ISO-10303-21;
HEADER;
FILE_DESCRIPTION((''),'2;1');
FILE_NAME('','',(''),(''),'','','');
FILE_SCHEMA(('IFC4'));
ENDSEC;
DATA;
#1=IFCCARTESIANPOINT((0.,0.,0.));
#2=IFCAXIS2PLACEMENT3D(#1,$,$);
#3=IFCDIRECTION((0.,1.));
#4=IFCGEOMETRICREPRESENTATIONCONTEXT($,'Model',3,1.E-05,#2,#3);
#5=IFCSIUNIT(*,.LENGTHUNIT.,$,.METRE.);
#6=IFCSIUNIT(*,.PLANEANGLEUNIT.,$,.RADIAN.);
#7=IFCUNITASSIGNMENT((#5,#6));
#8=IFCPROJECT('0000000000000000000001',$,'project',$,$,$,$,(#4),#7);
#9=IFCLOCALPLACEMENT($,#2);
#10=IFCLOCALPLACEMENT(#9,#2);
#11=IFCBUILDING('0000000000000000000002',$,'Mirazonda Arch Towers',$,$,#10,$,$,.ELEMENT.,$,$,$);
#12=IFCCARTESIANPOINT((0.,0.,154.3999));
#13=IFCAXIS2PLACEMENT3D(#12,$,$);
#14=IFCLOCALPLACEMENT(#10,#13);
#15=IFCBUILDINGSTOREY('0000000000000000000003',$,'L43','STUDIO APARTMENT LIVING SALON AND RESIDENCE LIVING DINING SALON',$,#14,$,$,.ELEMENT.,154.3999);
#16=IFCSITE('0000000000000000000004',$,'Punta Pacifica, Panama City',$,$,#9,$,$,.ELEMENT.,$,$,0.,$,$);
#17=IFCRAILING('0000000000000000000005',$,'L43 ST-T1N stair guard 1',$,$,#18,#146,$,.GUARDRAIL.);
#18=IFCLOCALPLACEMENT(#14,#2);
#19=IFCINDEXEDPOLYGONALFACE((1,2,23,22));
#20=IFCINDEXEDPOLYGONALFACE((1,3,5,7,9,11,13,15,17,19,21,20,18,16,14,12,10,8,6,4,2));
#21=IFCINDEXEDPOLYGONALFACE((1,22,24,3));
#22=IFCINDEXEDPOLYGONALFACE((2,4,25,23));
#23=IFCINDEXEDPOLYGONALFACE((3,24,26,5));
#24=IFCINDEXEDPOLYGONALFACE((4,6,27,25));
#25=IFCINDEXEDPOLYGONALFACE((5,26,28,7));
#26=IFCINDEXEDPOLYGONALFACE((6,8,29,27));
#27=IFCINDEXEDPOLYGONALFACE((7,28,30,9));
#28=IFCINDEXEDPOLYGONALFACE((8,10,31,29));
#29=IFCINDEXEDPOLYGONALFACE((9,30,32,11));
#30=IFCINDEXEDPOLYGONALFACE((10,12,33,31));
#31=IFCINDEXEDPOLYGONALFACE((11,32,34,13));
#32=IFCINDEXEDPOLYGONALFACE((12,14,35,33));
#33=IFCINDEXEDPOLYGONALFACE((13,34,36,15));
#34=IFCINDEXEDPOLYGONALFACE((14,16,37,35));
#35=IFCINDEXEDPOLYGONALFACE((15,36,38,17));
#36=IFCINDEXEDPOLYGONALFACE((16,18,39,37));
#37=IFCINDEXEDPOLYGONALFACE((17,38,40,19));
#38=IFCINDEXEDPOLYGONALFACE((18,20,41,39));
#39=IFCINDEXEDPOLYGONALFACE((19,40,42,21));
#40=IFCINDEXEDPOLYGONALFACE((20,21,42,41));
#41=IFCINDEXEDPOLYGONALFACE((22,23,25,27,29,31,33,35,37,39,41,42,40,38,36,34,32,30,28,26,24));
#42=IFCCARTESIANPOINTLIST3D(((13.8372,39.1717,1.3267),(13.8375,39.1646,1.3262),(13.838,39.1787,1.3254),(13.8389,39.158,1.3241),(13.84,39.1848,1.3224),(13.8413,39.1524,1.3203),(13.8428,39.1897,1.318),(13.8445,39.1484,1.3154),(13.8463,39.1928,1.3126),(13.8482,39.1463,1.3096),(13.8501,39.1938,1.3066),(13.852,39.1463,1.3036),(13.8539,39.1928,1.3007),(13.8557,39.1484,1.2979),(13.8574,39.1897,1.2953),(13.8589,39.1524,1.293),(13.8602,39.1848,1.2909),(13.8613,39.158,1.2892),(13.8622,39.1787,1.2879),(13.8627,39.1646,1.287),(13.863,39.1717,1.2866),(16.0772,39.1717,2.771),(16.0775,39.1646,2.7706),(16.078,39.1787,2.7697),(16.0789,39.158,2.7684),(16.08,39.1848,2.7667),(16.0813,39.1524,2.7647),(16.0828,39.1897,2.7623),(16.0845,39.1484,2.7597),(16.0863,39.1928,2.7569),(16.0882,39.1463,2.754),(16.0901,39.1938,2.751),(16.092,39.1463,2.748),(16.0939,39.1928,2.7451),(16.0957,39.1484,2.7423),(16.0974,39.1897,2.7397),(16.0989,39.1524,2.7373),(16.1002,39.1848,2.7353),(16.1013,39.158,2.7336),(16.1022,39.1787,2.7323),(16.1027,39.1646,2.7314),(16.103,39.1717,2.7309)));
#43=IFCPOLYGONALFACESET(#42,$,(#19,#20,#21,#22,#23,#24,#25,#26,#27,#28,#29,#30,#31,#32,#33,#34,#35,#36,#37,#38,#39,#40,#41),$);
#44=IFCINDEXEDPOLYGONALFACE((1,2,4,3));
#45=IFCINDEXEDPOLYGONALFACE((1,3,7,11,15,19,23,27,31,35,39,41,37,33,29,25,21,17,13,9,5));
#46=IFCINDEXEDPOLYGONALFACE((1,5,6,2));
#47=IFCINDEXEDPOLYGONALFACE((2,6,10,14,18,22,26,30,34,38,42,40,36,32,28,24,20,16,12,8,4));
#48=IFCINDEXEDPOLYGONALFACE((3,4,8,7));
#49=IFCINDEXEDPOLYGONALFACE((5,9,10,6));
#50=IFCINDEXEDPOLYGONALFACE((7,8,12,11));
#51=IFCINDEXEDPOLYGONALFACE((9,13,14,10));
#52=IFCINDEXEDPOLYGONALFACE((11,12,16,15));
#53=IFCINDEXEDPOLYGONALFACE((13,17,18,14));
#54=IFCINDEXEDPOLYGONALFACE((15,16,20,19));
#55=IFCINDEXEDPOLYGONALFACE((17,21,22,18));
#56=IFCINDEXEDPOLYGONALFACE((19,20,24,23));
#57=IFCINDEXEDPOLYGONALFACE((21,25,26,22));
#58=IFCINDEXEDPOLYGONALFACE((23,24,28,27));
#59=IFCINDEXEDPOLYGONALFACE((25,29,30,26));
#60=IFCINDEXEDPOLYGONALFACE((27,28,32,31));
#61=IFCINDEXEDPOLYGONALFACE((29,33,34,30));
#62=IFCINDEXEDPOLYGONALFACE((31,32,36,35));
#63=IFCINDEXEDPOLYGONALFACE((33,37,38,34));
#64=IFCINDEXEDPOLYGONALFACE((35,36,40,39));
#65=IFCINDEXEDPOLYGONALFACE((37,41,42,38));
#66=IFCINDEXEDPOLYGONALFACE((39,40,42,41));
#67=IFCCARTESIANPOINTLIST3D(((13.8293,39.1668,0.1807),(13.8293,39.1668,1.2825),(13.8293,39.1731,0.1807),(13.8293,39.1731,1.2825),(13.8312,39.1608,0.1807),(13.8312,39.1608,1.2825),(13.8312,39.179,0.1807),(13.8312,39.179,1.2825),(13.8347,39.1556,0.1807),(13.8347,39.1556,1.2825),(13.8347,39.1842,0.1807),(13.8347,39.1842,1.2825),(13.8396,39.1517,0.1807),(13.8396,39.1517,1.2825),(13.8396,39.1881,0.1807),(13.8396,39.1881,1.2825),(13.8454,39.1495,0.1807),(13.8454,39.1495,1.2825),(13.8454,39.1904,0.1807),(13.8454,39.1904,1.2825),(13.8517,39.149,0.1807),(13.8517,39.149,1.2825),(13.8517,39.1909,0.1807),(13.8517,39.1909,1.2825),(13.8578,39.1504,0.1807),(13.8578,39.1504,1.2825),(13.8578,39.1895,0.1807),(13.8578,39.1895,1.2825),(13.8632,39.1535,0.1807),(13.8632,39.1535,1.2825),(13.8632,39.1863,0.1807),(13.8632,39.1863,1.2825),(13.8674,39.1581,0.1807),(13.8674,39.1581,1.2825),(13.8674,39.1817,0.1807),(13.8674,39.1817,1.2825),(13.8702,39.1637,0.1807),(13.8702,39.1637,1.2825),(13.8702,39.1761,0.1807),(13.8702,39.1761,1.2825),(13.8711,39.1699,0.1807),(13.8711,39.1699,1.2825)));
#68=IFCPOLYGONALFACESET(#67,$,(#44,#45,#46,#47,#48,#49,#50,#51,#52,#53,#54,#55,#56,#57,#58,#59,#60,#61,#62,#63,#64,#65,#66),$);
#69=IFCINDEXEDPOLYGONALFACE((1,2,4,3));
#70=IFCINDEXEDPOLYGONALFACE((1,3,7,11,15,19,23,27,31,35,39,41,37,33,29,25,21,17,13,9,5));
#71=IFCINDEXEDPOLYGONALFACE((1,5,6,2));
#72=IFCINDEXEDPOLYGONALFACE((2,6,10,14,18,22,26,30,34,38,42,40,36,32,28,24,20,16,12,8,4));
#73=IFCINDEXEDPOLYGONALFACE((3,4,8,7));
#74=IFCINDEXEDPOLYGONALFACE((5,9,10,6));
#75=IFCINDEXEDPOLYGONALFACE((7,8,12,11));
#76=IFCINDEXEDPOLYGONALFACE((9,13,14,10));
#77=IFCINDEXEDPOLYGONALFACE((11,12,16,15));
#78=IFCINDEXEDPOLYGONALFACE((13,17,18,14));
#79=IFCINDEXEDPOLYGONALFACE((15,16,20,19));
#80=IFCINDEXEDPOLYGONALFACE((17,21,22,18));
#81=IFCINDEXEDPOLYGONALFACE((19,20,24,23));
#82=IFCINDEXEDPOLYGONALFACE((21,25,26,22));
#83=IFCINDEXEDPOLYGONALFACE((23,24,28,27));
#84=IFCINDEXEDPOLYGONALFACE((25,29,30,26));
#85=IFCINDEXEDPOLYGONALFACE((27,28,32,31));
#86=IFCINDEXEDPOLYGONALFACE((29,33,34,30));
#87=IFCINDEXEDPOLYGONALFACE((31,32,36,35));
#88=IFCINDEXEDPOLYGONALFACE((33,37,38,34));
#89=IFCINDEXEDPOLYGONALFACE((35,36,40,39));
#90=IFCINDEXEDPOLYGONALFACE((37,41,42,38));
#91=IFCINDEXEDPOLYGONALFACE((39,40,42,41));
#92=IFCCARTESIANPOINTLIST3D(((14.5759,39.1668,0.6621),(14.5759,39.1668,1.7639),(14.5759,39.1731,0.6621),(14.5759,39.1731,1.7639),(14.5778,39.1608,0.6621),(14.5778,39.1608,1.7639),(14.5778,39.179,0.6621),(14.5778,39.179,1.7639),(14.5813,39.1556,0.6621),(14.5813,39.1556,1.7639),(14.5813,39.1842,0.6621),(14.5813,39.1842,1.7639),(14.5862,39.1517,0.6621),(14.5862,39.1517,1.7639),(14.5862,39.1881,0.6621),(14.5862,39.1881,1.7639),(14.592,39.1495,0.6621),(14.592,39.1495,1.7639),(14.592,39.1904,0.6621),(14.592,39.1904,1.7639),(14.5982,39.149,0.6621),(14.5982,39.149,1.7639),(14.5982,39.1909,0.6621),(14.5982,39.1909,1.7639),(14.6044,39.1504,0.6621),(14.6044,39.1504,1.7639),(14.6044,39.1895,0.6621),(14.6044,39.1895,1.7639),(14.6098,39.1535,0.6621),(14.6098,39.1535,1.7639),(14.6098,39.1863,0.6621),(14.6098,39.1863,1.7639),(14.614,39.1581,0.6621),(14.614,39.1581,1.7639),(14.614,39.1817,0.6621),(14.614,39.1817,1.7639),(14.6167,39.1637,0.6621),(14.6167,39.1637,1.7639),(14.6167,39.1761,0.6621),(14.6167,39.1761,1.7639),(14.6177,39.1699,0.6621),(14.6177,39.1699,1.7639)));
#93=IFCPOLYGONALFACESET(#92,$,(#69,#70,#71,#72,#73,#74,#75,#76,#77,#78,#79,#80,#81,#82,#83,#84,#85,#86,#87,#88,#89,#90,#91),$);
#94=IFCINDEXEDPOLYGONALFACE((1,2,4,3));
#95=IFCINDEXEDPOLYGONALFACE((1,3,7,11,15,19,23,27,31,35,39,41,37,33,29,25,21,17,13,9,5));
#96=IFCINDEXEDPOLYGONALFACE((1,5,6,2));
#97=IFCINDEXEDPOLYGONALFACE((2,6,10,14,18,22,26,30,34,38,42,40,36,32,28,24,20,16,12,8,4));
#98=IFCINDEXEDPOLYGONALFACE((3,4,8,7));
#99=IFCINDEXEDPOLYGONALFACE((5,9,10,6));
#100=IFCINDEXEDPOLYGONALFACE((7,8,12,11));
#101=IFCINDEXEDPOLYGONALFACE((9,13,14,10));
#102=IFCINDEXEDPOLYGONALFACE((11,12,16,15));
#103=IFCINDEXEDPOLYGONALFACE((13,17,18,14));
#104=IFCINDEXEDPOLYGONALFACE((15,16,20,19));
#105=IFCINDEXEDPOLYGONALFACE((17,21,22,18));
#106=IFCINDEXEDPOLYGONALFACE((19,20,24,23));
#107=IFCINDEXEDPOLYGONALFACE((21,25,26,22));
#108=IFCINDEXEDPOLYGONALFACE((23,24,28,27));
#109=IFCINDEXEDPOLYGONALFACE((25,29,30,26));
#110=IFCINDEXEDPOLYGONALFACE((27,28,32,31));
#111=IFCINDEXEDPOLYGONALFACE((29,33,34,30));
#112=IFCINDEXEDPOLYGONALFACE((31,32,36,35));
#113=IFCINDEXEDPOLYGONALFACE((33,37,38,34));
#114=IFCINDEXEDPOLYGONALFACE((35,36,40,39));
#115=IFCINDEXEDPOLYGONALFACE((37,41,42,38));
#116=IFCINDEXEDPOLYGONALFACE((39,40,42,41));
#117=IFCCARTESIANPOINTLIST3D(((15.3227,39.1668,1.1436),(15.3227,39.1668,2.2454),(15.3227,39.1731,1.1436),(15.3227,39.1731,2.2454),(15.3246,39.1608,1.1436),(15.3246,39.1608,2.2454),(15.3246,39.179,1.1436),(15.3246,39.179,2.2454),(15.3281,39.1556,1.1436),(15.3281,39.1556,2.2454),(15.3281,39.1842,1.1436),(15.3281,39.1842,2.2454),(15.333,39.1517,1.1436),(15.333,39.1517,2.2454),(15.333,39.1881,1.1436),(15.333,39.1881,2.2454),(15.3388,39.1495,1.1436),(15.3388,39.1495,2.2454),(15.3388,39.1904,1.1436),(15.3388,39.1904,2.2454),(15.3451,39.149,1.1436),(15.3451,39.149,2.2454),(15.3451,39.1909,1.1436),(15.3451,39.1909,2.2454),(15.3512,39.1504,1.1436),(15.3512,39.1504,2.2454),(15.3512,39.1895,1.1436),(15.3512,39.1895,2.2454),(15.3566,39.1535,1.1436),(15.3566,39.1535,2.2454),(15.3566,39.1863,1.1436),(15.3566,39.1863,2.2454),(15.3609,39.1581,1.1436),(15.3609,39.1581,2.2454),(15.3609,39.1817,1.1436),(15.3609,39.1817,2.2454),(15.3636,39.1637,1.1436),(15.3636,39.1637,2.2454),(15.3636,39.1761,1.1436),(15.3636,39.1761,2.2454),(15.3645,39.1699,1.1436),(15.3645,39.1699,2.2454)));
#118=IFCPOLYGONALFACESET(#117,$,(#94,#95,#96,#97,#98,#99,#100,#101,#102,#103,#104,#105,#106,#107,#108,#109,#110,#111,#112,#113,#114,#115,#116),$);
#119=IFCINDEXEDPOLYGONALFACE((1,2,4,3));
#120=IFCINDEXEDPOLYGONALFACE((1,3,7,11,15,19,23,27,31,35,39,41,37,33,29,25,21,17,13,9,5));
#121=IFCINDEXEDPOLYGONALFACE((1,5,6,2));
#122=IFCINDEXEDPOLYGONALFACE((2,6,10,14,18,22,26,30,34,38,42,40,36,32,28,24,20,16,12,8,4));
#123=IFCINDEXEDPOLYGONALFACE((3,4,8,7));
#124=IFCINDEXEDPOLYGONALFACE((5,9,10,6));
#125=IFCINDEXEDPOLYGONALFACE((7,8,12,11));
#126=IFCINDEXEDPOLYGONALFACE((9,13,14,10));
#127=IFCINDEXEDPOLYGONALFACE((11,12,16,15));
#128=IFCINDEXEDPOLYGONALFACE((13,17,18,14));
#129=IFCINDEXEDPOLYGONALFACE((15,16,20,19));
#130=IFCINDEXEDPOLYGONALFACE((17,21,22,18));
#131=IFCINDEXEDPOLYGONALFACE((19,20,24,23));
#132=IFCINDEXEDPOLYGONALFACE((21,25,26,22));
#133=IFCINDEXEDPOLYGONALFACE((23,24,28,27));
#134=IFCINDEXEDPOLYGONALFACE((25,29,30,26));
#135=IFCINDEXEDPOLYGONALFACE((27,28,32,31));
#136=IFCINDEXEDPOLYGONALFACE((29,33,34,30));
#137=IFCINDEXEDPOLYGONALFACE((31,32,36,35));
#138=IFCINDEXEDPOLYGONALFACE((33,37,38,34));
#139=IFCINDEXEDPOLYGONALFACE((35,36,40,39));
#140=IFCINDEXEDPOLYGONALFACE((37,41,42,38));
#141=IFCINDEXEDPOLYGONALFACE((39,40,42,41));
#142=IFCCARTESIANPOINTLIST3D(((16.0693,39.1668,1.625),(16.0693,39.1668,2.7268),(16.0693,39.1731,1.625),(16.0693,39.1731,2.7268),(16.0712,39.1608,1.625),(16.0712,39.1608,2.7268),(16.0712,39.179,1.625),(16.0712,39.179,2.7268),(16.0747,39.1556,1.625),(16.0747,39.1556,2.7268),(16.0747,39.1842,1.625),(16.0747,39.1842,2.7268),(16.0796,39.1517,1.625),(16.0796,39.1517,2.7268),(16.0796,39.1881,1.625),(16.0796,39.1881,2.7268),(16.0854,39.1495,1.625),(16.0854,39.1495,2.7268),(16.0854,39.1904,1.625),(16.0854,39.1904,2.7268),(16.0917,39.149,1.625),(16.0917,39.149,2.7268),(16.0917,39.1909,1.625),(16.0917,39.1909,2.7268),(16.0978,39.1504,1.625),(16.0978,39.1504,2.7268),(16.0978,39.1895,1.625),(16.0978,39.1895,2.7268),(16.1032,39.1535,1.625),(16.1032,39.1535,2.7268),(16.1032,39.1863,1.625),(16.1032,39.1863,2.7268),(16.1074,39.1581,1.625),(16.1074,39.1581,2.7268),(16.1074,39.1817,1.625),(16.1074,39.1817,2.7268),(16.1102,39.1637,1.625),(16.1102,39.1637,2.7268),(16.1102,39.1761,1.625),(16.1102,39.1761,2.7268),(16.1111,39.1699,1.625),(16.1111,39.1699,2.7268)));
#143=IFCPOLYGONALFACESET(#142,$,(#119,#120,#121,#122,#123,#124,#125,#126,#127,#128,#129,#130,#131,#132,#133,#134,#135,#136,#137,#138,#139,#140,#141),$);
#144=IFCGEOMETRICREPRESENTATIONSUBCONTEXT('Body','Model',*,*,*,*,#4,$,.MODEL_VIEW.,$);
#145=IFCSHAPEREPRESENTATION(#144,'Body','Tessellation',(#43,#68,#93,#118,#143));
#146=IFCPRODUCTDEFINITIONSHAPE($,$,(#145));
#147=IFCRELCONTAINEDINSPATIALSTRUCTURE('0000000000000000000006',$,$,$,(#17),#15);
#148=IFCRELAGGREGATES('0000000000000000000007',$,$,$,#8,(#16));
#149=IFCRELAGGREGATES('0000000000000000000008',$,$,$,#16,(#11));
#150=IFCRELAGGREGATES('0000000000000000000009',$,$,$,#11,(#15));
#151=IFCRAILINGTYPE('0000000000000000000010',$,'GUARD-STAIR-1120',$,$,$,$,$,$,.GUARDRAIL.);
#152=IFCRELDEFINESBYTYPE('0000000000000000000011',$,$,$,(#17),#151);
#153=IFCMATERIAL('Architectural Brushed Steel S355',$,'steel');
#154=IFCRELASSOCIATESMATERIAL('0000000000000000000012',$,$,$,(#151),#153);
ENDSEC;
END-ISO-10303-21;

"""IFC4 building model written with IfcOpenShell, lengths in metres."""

from ifc_helpers import new_model, si_unit, direction, frame, origin, origin_2d, place, context, subcontext, project, spatial, circle, extrude, material, type_object, element, save


model = new_model("IFC4")

# Units and contexts
model_context = context("Model", 3, precision=1e-05, world=origin(), true_north=direction((0.0, 1.0)))
body_context = subcontext(model_context, "Body", "Model", "MODEL_VIEW")
ifc_project = project(units=[si_unit("LENGTHUNIT", "METRE"), si_unit("PLANEANGLEUNIT", "RADIAN")], contexts=[model_context])

# Site, building, storey
site_placement = place(None, origin())
site = spatial("IfcSite", under=ifc_project, at=site_placement, Name="Punta Pacifica, Panama City", CompositionType="ELEMENT", RefElevation=0.0)
building_placement = place(site_placement, origin())
building = spatial("IfcBuilding", under=site, at=building_placement, Name="Mirazonda Arch Towers", CompositionType="ELEMENT")
storey_placement = place(building_placement, frame((0.0, 0.0, 154.3999)))
storey = spatial("IfcBuildingStorey", under=building, at=storey_placement, Name="L43", Description="STUDIO APARTMENT LIVING SALON AND RESIDENCE LIVING DINING SALON", CompositionType="ELEMENT", Elevation=154.3999)

# Shared definitions
ifc_material_1 = material(Name="Architectural Brushed Steel S355", Category="steel")

# Railing
railing_type_1 = type_object("IfcRailingType", Name="GUARD-STAIR-1120", PredefinedType="GUARDRAIL", material=ifc_material_1)
railing_1_placement = place(storey_placement, frame((13.8501, 39.1699, 0.1807)))
element("IfcRailing", 1, at=railing_1_placement, inside=storey, type_object=railing_type_1, Name="L43 ST-T1N stair guard 1", PredefinedType="GUARDRAIL", context=body_context, shape_type="SweptSolid", body=[
    extrude(circle(Radius=0.0239, at=origin_2d()), frame((0.0, 0.0, 1.126), z_axis=(0.840437, 0.0, 0.54191), x_axis=(0.0, 1.0, 0.0)), (0.0, 0.0, 1.0), 2.6653),
    extrude(circle(Radius=0.021, at=origin_2d()), origin(), (0.0, 0.0, 1.0), 1.1018),
    extrude(circle(Radius=0.021, at=origin_2d()), frame((0.7466, 0.0, 0.4814)), (0.0, 0.0, 1.0), 1.1018),
    extrude(circle(Radius=0.021, at=origin_2d()), frame((1.4934, 0.0, 0.9629)), (0.0, 0.0, 1.0), 1.1018),
    extrude(circle(Radius=0.021, at=origin_2d()), frame((2.24, 0.0, 1.4443)), (0.0, 0.0, 1.0), 1.1018),
])

save(model, "model.ifc")
